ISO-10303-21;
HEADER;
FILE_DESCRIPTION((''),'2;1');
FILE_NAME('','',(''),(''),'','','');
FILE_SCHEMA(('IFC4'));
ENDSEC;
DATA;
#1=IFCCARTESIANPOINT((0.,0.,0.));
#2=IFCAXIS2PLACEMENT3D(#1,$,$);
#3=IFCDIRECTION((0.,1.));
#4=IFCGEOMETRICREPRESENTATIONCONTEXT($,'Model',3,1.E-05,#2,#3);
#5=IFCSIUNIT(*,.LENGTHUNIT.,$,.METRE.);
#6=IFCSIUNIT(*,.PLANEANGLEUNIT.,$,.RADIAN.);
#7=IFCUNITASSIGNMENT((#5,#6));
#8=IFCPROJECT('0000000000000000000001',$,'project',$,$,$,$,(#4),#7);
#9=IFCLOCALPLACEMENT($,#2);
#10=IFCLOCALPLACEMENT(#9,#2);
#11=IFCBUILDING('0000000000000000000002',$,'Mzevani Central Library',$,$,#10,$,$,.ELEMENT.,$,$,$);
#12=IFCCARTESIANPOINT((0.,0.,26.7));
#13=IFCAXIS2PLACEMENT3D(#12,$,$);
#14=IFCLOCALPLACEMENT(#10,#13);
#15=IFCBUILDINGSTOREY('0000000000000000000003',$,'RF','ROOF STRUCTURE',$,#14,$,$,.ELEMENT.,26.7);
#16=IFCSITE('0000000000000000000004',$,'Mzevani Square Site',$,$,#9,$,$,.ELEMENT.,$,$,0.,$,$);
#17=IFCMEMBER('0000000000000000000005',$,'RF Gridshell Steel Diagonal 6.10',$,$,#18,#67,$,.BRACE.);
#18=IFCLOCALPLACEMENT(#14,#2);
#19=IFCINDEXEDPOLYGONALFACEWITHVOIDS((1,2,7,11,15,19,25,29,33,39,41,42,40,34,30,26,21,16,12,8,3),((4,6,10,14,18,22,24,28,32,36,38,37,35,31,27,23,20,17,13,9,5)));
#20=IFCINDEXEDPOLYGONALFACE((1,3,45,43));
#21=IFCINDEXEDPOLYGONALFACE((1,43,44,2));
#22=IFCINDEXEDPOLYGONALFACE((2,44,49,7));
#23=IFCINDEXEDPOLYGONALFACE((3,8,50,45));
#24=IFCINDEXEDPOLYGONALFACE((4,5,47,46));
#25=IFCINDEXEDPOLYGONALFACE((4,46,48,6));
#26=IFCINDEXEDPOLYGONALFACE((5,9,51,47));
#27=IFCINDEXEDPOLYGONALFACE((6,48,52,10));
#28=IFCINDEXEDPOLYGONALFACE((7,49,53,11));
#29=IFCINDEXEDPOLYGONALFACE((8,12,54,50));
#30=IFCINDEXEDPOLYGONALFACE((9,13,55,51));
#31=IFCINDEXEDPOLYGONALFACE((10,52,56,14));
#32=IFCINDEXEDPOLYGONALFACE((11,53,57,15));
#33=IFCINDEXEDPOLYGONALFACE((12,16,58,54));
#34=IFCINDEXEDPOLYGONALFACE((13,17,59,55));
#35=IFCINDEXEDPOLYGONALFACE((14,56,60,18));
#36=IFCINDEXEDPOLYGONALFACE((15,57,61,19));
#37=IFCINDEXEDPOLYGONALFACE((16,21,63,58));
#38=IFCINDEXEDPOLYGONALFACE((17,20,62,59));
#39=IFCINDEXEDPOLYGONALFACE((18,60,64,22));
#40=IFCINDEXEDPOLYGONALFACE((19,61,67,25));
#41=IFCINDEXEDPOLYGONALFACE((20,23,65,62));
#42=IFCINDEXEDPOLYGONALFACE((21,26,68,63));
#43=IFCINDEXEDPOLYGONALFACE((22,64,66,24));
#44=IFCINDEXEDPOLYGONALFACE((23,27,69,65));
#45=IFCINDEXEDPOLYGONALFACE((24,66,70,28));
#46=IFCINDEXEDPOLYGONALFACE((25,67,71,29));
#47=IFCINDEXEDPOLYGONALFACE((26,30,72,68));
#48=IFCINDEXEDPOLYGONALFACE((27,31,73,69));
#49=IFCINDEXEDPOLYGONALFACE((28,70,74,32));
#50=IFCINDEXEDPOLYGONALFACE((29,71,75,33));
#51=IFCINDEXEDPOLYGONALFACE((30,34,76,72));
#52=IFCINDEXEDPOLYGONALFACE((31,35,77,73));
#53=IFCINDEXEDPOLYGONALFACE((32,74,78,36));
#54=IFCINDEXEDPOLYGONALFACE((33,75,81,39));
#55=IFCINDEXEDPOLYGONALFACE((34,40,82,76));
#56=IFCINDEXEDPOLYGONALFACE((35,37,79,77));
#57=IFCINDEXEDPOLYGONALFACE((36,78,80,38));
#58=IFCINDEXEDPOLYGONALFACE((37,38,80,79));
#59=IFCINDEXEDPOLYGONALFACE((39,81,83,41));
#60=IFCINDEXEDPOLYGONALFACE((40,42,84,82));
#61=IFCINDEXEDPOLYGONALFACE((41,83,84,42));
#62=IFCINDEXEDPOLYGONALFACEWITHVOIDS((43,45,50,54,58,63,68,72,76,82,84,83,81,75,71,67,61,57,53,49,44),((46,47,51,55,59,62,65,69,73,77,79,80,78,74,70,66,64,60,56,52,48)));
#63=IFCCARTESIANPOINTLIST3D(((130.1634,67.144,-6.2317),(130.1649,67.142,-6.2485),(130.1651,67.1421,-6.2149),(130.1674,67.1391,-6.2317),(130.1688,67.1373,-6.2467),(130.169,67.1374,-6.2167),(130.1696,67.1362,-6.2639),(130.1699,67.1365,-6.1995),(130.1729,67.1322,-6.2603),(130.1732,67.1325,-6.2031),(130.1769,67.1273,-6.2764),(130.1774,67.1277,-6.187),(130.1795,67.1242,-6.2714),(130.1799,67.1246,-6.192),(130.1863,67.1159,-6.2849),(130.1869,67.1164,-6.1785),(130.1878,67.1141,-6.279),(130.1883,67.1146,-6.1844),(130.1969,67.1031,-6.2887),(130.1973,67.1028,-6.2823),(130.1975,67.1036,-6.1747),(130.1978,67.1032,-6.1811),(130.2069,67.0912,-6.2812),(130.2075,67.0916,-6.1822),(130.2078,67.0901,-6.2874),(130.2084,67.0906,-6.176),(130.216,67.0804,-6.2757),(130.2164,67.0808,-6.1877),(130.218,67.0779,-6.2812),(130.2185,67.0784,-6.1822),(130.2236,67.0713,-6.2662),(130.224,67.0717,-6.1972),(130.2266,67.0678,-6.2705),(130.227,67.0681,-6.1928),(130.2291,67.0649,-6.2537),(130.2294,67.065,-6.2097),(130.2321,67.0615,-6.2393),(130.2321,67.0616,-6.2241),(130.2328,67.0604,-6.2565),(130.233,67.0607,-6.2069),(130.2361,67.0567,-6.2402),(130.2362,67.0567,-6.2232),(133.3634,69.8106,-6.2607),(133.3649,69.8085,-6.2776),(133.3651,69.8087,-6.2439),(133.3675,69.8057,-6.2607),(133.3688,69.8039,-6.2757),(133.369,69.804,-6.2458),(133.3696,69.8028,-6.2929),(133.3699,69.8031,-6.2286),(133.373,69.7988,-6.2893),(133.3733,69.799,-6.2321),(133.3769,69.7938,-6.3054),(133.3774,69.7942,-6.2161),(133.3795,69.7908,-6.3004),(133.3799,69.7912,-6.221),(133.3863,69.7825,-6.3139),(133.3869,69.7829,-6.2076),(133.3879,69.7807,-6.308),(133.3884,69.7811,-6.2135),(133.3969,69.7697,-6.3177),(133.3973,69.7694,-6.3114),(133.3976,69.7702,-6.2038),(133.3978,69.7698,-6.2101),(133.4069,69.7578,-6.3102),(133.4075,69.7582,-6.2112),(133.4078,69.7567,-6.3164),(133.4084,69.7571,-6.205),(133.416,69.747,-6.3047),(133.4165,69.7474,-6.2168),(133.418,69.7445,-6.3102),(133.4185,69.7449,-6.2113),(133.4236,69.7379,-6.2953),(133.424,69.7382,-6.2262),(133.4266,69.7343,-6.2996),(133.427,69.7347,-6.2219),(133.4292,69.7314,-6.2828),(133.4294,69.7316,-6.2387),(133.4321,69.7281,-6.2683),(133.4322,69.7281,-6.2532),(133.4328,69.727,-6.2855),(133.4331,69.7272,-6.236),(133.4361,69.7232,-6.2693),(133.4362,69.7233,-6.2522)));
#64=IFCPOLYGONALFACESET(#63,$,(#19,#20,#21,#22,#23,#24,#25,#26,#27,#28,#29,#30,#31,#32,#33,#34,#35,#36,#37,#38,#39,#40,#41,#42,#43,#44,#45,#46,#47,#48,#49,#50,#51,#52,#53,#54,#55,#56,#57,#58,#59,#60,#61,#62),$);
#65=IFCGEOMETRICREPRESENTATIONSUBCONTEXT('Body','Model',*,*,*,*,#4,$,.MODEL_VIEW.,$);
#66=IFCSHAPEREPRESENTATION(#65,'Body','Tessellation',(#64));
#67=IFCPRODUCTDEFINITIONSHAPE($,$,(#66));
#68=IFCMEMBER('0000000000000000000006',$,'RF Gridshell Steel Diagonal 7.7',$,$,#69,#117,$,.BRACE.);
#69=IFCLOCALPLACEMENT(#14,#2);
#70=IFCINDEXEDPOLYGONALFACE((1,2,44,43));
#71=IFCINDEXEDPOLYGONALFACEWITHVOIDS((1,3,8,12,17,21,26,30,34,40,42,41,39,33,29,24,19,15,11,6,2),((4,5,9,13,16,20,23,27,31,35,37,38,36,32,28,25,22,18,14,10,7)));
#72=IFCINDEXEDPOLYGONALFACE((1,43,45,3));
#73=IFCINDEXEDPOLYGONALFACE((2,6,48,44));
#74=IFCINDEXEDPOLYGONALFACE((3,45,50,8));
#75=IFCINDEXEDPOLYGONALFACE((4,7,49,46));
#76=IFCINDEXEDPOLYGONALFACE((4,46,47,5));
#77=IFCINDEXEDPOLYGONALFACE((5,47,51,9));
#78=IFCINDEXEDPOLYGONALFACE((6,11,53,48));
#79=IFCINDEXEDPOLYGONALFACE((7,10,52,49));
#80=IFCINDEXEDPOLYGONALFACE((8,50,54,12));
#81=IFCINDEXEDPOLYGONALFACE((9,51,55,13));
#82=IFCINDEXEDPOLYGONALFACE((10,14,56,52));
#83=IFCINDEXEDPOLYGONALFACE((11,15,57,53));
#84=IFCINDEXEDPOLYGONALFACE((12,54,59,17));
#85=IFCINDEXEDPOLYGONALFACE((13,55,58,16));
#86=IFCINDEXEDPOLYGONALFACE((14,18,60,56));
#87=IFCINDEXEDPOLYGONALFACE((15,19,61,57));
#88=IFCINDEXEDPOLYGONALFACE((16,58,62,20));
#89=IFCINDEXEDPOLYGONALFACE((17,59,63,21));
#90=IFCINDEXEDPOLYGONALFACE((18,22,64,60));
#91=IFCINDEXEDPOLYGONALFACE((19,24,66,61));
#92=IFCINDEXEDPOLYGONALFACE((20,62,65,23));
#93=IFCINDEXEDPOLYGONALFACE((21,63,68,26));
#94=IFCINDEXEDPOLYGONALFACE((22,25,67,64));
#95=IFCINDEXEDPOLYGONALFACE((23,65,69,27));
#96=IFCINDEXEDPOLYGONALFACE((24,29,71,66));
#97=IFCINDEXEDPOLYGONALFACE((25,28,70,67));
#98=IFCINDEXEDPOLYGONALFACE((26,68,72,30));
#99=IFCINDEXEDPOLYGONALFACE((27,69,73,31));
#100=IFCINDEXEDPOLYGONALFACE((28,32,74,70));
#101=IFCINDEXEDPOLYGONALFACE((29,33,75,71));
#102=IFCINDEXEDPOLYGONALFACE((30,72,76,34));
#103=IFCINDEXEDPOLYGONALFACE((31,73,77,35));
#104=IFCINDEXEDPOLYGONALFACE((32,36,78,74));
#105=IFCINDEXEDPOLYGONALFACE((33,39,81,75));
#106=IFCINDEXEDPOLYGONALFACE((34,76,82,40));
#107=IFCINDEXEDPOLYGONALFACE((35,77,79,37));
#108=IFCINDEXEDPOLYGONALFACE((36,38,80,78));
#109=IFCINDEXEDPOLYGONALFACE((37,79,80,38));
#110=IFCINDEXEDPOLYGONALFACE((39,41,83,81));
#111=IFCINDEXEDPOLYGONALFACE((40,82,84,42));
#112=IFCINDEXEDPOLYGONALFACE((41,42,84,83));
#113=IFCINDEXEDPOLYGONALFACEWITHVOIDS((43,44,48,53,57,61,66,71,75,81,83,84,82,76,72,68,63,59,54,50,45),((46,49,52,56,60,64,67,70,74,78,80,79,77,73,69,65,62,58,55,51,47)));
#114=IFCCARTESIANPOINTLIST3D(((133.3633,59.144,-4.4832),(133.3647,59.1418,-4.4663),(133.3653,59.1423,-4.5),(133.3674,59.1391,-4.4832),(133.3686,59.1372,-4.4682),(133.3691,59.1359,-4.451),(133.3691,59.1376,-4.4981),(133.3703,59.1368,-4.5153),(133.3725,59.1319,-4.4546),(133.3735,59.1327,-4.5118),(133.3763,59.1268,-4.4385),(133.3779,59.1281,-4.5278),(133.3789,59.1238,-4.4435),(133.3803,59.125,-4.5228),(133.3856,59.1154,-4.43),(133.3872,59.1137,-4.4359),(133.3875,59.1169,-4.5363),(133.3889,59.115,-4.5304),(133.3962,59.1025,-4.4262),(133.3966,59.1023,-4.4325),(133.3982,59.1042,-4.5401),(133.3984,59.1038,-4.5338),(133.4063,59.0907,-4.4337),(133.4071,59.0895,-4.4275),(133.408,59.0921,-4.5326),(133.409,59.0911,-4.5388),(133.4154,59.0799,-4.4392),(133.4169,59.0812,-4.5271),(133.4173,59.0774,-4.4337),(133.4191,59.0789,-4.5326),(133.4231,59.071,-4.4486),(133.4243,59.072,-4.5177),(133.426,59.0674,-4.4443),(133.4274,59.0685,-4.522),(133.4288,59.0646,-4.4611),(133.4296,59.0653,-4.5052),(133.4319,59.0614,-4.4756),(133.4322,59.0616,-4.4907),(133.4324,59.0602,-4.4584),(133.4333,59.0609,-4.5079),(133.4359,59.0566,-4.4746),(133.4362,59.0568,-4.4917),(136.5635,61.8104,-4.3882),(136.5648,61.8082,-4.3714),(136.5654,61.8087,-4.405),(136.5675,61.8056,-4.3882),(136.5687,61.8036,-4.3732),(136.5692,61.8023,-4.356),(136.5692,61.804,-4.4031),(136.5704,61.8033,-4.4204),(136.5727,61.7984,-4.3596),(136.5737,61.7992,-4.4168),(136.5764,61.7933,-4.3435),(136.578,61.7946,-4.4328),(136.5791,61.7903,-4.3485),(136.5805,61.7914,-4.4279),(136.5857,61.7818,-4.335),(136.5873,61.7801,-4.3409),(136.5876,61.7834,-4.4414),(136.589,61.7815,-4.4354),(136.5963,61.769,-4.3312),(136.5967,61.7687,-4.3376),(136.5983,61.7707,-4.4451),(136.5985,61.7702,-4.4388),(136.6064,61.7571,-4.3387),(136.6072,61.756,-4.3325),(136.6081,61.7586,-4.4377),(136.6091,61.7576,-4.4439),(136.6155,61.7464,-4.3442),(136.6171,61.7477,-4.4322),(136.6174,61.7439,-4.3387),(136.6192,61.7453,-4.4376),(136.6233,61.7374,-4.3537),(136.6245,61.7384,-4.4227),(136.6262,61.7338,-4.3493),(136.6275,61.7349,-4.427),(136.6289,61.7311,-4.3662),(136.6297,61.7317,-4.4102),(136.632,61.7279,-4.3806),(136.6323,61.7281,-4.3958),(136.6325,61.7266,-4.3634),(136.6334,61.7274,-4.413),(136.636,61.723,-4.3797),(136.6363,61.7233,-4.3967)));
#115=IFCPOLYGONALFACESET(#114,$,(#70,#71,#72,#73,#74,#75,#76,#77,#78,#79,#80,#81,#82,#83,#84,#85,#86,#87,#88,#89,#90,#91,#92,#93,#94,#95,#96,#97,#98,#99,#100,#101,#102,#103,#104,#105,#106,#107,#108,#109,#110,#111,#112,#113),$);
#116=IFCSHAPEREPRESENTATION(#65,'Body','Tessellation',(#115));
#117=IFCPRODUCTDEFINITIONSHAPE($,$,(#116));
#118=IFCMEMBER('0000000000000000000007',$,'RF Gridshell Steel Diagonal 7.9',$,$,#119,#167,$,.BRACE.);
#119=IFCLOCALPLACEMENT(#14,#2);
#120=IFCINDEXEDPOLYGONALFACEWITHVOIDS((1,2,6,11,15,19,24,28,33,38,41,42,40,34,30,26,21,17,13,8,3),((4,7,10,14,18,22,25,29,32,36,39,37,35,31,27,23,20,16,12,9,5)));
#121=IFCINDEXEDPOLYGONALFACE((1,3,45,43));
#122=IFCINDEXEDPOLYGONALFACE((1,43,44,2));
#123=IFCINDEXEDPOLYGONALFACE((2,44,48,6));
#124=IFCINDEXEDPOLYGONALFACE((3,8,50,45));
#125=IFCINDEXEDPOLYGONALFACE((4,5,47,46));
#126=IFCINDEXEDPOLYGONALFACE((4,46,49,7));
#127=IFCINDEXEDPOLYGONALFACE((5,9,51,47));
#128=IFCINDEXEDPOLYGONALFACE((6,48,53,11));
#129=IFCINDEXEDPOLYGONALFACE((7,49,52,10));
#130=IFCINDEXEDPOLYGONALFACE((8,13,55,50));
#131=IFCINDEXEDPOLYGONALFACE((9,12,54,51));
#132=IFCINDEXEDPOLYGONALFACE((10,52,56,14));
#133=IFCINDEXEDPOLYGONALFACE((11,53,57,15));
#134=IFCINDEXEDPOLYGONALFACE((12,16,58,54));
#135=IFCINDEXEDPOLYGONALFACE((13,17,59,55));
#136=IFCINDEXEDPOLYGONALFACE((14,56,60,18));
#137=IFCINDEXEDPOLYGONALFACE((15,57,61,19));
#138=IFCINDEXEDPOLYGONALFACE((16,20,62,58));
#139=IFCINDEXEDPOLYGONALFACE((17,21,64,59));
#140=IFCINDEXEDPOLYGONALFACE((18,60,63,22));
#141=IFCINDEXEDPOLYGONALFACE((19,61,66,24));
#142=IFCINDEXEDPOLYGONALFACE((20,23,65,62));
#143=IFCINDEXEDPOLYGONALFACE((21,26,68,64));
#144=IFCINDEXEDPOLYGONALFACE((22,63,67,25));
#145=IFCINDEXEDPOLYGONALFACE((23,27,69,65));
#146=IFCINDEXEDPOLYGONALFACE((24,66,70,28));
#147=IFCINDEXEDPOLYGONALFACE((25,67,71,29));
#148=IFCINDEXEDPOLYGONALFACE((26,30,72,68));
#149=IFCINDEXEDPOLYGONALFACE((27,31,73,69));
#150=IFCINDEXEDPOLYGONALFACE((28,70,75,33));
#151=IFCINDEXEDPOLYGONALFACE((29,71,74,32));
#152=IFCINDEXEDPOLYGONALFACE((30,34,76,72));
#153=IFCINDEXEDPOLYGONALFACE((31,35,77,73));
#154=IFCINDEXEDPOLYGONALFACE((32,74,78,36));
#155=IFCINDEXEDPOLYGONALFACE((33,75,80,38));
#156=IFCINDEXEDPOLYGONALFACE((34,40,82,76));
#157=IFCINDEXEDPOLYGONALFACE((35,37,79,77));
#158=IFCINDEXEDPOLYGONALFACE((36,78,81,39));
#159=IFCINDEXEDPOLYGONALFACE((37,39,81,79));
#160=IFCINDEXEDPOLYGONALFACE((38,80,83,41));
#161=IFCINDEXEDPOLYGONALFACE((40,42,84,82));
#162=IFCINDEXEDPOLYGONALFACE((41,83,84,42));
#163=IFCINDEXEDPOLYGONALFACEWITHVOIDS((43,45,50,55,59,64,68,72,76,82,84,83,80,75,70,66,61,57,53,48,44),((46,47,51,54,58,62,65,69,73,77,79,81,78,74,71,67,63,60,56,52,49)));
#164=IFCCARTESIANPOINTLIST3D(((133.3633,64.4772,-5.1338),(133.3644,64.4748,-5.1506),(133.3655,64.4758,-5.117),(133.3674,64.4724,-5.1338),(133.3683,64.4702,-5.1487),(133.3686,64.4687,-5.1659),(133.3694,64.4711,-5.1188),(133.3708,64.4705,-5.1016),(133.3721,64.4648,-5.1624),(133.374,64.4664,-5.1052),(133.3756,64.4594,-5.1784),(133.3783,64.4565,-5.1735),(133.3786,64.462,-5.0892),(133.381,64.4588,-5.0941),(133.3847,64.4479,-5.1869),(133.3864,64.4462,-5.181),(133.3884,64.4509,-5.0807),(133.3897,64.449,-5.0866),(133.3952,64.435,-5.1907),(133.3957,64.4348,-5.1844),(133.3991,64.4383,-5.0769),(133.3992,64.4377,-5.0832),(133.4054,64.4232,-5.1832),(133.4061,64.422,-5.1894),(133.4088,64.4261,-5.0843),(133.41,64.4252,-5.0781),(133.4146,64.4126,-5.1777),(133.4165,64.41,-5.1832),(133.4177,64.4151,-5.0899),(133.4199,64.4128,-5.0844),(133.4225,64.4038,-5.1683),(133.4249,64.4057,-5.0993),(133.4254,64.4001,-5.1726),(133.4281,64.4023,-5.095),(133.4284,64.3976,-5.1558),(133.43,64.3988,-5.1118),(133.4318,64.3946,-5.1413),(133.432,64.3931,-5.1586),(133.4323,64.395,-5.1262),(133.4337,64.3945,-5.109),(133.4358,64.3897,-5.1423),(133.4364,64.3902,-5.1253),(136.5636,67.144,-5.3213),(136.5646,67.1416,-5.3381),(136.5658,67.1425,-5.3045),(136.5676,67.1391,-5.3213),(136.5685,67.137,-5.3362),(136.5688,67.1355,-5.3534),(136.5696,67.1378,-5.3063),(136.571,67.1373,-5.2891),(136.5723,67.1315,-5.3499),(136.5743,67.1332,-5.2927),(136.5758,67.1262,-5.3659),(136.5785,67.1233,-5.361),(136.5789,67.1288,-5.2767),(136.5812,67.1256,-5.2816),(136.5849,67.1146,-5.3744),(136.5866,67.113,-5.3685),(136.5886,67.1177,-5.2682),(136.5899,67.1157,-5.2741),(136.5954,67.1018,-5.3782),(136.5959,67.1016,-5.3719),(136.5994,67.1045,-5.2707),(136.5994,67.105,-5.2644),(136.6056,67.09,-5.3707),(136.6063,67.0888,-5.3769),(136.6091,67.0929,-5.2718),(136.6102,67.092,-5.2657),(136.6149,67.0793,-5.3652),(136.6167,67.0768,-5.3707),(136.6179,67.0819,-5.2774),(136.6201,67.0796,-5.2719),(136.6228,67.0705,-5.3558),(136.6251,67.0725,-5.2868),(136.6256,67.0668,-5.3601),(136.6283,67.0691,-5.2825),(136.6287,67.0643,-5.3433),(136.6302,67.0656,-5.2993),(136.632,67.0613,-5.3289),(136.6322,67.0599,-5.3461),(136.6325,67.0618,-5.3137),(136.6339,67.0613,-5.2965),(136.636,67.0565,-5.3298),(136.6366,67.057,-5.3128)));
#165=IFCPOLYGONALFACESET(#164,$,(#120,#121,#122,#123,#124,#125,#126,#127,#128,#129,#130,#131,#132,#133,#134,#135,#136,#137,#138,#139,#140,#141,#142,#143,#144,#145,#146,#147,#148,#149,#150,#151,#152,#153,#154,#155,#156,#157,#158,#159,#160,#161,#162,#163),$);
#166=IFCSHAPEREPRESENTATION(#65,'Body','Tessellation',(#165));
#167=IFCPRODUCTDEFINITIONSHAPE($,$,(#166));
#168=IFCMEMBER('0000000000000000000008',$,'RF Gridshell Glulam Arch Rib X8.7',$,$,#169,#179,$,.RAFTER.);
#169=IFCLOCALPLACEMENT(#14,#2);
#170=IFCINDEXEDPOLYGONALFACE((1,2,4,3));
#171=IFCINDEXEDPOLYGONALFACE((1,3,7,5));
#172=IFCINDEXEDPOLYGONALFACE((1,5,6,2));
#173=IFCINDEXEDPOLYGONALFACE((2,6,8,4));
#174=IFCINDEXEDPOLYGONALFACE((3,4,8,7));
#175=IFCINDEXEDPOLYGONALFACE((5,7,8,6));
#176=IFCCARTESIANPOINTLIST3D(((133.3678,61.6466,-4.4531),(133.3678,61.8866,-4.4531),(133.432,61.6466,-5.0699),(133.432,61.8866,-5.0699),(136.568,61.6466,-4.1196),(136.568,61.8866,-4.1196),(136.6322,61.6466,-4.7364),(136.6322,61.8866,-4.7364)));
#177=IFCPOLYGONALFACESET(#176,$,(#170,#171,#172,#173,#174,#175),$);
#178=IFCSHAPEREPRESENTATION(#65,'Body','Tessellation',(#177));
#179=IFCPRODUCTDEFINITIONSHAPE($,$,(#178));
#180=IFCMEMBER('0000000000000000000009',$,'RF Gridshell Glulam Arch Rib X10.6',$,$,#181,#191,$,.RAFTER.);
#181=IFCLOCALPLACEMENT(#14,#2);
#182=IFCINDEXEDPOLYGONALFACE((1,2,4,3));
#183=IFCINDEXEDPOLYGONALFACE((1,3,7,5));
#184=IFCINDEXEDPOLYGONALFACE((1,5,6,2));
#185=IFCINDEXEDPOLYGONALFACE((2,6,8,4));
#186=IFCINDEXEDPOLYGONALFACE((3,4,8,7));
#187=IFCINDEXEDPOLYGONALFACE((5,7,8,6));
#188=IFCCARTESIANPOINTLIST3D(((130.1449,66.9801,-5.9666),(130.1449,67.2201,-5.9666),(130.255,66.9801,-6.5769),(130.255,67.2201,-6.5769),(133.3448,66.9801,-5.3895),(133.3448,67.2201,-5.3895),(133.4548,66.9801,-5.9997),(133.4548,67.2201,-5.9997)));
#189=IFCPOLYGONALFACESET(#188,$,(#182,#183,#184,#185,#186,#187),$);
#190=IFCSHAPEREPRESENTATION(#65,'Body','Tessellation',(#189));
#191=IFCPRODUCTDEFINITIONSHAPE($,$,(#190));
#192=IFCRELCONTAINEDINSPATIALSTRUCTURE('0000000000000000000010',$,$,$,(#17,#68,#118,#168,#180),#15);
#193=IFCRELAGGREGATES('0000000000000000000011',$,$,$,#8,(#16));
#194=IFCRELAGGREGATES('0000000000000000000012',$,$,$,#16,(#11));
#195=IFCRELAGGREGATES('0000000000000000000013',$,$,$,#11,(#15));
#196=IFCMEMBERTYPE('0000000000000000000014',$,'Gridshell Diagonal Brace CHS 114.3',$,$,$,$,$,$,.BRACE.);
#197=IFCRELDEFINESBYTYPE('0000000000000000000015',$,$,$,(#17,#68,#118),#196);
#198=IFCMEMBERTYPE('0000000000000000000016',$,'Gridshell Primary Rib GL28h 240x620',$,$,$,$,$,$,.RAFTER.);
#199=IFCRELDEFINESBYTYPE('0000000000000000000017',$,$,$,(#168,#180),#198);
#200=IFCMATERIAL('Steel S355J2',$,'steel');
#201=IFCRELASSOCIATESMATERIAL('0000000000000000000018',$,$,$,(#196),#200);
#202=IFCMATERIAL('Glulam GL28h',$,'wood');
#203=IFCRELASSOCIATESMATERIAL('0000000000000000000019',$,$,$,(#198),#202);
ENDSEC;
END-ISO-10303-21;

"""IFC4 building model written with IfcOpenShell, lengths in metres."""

from ifc_helpers import new_model, si_unit, direction, frame, origin, origin_2d, place, context, subcontext, project, spatial, rectangle, hollow_circle, extrude, material, material_profile, profile_set, type_object, element, save


model = new_model("IFC4")

# Units and contexts
model_context = context("Model", 3, precision=1e-05, world=origin(), true_north=direction((0.0, 1.0)))
body_context = subcontext(model_context, "Body", "Model", "MODEL_VIEW")
ifc_project = project(units=[si_unit("LENGTHUNIT", "METRE"), si_unit("PLANEANGLEUNIT", "RADIAN")], contexts=[model_context])

# Site, building, storey
site_placement = place(None, origin())
site = spatial("IfcSite", under=ifc_project, at=site_placement, Name="Mzevani Square Site", CompositionType="ELEMENT", RefElevation=0.0)
building_placement = place(site_placement, origin())
building = spatial("IfcBuilding", under=site, at=building_placement, Name="Mzevani Central Library", CompositionType="ELEMENT")
storey_placement = place(building_placement, frame((0.0, 0.0, 26.7)))
storey = spatial("IfcBuildingStorey", under=building, at=storey_placement, Name="RF", Description="ROOF STRUCTURE", CompositionType="ELEMENT", Elevation=26.7)

# Members
ifc_material_1 = material(Name="Steel S355J2", Category="steel")
ifc_material_profile_1 = material_profile(ifc_material_1, hollow_circle(Radius=0.0571, WallThickness=0.0063, at=origin_2d()), Name="CHS 114.3x6.3")
ifc_profile_set_1 = profile_set([ifc_material_profile_1], Name="Steel S355J2")
member_type_1 = type_object("IfcMemberType", Name="Gridshell Diagonal Brace CHS 114.3", PredefinedType="BRACE", material=ifc_profile_set_1)
member_1_placement = place(storey_placement, frame((130.2, 67.1001, -6.2317), z_axis=(0.768217, 0.640152, -0.006975), x_axis=(-0.640167, 0.768236, 0.0)))
element("IfcMember", 1, at=member_1_placement, inside=storey, type_object=member_type_1, Name="RF Gridshell Steel Diagonal 6.10", PredefinedType="BRACE", context=body_context, shape_type="SweptSolid", body=[
    extrude(hollow_circle(Radius=0.0571, WallThickness=0.0063, at=origin_2d()), origin(), (0.0, 0.0, 1.0), 4.1655),
])
member_2_placement = place(storey_placement, frame((133.3999, 59.1001, -4.4832), z_axis=(0.76806, 0.639972, 0.022793), x_axis=(-0.640138, 0.76826, 0.0)))
element("IfcMember", 2, at=member_2_placement, inside=storey, type_object=member_type_1, Name="RF Gridshell Steel Diagonal 7.7", PredefinedType="BRACE", context=body_context, shape_type="SweptSolid", body=[
    extrude(hollow_circle(Radius=0.0571, WallThickness=0.0063, at=origin_2d()), origin(), (0.0, 0.0, 1.0), 4.1665),
])
member_3_placement = place(storey_placement, frame((133.3999, 64.4333, -5.1338), z_axis=(0.767454, 0.639525, -0.044965), x_axis=(-0.640173, 0.768231, 0.0)))
element("IfcMember", 3, at=member_3_placement, inside=storey, type_object=member_type_1, Name="RF Gridshell Steel Diagonal 7.9", PredefinedType="BRACE", context=body_context, shape_type="SweptSolid", body=[
    extrude(hollow_circle(Radius=0.0571, WallThickness=0.0063, at=origin_2d()), origin(), (0.0, 0.0, 1.0), 4.1699),
])
ifc_material_2 = material(Name="Glulam GL28h", Category="wood")
ifc_material_profile_2 = material_profile(ifc_material_2, rectangle(XDim=0.24, YDim=0.6201, at=origin_2d()), Name="GL28h 240x620")
ifc_profile_set_2 = profile_set([ifc_material_profile_2], Name="Glulam GL28h")
member_type_2 = type_object("IfcMemberType", Name="Gridshell Primary Rib GL28h 240x620", PredefinedType="RAFTER", material=ifc_profile_set_2)
member_4_placement = place(storey_placement, frame((133.3999, 61.7666, -4.7615), z_axis=(0.994614, 0.0, 0.10365), x_axis=(0.0, 1.0, 0.0)))
element("IfcMember", 4, at=member_4_placement, inside=storey, type_object=member_type_2, Name="RF Gridshell Glulam Arch Rib X8.7", PredefinedType="RAFTER", context=body_context, shape_type="SweptSolid", body=[
    extrude(rectangle(XDim=0.24, YDim=0.6201, at=origin_2d()), origin(), (0.0, 0.0, 1.0), 3.2175),
])
member_5_placement = place(storey_placement, frame((130.2, 67.1001, -6.2717), z_axis=(0.984121, 0.0, 0.177498), x_axis=(0.0, 1.0, 0.0)))
element("IfcMember", 5, at=member_5_placement, inside=storey, type_object=member_type_2, Name="RF Gridshell Glulam Arch Rib X10.6", PredefinedType="RAFTER", context=body_context, shape_type="SweptSolid", body=[
    extrude(rectangle(XDim=0.24, YDim=0.6201, at=origin_2d()), origin(), (0.0, 0.0, 1.0), 3.2515),
])

save(model, "model.ifc")
